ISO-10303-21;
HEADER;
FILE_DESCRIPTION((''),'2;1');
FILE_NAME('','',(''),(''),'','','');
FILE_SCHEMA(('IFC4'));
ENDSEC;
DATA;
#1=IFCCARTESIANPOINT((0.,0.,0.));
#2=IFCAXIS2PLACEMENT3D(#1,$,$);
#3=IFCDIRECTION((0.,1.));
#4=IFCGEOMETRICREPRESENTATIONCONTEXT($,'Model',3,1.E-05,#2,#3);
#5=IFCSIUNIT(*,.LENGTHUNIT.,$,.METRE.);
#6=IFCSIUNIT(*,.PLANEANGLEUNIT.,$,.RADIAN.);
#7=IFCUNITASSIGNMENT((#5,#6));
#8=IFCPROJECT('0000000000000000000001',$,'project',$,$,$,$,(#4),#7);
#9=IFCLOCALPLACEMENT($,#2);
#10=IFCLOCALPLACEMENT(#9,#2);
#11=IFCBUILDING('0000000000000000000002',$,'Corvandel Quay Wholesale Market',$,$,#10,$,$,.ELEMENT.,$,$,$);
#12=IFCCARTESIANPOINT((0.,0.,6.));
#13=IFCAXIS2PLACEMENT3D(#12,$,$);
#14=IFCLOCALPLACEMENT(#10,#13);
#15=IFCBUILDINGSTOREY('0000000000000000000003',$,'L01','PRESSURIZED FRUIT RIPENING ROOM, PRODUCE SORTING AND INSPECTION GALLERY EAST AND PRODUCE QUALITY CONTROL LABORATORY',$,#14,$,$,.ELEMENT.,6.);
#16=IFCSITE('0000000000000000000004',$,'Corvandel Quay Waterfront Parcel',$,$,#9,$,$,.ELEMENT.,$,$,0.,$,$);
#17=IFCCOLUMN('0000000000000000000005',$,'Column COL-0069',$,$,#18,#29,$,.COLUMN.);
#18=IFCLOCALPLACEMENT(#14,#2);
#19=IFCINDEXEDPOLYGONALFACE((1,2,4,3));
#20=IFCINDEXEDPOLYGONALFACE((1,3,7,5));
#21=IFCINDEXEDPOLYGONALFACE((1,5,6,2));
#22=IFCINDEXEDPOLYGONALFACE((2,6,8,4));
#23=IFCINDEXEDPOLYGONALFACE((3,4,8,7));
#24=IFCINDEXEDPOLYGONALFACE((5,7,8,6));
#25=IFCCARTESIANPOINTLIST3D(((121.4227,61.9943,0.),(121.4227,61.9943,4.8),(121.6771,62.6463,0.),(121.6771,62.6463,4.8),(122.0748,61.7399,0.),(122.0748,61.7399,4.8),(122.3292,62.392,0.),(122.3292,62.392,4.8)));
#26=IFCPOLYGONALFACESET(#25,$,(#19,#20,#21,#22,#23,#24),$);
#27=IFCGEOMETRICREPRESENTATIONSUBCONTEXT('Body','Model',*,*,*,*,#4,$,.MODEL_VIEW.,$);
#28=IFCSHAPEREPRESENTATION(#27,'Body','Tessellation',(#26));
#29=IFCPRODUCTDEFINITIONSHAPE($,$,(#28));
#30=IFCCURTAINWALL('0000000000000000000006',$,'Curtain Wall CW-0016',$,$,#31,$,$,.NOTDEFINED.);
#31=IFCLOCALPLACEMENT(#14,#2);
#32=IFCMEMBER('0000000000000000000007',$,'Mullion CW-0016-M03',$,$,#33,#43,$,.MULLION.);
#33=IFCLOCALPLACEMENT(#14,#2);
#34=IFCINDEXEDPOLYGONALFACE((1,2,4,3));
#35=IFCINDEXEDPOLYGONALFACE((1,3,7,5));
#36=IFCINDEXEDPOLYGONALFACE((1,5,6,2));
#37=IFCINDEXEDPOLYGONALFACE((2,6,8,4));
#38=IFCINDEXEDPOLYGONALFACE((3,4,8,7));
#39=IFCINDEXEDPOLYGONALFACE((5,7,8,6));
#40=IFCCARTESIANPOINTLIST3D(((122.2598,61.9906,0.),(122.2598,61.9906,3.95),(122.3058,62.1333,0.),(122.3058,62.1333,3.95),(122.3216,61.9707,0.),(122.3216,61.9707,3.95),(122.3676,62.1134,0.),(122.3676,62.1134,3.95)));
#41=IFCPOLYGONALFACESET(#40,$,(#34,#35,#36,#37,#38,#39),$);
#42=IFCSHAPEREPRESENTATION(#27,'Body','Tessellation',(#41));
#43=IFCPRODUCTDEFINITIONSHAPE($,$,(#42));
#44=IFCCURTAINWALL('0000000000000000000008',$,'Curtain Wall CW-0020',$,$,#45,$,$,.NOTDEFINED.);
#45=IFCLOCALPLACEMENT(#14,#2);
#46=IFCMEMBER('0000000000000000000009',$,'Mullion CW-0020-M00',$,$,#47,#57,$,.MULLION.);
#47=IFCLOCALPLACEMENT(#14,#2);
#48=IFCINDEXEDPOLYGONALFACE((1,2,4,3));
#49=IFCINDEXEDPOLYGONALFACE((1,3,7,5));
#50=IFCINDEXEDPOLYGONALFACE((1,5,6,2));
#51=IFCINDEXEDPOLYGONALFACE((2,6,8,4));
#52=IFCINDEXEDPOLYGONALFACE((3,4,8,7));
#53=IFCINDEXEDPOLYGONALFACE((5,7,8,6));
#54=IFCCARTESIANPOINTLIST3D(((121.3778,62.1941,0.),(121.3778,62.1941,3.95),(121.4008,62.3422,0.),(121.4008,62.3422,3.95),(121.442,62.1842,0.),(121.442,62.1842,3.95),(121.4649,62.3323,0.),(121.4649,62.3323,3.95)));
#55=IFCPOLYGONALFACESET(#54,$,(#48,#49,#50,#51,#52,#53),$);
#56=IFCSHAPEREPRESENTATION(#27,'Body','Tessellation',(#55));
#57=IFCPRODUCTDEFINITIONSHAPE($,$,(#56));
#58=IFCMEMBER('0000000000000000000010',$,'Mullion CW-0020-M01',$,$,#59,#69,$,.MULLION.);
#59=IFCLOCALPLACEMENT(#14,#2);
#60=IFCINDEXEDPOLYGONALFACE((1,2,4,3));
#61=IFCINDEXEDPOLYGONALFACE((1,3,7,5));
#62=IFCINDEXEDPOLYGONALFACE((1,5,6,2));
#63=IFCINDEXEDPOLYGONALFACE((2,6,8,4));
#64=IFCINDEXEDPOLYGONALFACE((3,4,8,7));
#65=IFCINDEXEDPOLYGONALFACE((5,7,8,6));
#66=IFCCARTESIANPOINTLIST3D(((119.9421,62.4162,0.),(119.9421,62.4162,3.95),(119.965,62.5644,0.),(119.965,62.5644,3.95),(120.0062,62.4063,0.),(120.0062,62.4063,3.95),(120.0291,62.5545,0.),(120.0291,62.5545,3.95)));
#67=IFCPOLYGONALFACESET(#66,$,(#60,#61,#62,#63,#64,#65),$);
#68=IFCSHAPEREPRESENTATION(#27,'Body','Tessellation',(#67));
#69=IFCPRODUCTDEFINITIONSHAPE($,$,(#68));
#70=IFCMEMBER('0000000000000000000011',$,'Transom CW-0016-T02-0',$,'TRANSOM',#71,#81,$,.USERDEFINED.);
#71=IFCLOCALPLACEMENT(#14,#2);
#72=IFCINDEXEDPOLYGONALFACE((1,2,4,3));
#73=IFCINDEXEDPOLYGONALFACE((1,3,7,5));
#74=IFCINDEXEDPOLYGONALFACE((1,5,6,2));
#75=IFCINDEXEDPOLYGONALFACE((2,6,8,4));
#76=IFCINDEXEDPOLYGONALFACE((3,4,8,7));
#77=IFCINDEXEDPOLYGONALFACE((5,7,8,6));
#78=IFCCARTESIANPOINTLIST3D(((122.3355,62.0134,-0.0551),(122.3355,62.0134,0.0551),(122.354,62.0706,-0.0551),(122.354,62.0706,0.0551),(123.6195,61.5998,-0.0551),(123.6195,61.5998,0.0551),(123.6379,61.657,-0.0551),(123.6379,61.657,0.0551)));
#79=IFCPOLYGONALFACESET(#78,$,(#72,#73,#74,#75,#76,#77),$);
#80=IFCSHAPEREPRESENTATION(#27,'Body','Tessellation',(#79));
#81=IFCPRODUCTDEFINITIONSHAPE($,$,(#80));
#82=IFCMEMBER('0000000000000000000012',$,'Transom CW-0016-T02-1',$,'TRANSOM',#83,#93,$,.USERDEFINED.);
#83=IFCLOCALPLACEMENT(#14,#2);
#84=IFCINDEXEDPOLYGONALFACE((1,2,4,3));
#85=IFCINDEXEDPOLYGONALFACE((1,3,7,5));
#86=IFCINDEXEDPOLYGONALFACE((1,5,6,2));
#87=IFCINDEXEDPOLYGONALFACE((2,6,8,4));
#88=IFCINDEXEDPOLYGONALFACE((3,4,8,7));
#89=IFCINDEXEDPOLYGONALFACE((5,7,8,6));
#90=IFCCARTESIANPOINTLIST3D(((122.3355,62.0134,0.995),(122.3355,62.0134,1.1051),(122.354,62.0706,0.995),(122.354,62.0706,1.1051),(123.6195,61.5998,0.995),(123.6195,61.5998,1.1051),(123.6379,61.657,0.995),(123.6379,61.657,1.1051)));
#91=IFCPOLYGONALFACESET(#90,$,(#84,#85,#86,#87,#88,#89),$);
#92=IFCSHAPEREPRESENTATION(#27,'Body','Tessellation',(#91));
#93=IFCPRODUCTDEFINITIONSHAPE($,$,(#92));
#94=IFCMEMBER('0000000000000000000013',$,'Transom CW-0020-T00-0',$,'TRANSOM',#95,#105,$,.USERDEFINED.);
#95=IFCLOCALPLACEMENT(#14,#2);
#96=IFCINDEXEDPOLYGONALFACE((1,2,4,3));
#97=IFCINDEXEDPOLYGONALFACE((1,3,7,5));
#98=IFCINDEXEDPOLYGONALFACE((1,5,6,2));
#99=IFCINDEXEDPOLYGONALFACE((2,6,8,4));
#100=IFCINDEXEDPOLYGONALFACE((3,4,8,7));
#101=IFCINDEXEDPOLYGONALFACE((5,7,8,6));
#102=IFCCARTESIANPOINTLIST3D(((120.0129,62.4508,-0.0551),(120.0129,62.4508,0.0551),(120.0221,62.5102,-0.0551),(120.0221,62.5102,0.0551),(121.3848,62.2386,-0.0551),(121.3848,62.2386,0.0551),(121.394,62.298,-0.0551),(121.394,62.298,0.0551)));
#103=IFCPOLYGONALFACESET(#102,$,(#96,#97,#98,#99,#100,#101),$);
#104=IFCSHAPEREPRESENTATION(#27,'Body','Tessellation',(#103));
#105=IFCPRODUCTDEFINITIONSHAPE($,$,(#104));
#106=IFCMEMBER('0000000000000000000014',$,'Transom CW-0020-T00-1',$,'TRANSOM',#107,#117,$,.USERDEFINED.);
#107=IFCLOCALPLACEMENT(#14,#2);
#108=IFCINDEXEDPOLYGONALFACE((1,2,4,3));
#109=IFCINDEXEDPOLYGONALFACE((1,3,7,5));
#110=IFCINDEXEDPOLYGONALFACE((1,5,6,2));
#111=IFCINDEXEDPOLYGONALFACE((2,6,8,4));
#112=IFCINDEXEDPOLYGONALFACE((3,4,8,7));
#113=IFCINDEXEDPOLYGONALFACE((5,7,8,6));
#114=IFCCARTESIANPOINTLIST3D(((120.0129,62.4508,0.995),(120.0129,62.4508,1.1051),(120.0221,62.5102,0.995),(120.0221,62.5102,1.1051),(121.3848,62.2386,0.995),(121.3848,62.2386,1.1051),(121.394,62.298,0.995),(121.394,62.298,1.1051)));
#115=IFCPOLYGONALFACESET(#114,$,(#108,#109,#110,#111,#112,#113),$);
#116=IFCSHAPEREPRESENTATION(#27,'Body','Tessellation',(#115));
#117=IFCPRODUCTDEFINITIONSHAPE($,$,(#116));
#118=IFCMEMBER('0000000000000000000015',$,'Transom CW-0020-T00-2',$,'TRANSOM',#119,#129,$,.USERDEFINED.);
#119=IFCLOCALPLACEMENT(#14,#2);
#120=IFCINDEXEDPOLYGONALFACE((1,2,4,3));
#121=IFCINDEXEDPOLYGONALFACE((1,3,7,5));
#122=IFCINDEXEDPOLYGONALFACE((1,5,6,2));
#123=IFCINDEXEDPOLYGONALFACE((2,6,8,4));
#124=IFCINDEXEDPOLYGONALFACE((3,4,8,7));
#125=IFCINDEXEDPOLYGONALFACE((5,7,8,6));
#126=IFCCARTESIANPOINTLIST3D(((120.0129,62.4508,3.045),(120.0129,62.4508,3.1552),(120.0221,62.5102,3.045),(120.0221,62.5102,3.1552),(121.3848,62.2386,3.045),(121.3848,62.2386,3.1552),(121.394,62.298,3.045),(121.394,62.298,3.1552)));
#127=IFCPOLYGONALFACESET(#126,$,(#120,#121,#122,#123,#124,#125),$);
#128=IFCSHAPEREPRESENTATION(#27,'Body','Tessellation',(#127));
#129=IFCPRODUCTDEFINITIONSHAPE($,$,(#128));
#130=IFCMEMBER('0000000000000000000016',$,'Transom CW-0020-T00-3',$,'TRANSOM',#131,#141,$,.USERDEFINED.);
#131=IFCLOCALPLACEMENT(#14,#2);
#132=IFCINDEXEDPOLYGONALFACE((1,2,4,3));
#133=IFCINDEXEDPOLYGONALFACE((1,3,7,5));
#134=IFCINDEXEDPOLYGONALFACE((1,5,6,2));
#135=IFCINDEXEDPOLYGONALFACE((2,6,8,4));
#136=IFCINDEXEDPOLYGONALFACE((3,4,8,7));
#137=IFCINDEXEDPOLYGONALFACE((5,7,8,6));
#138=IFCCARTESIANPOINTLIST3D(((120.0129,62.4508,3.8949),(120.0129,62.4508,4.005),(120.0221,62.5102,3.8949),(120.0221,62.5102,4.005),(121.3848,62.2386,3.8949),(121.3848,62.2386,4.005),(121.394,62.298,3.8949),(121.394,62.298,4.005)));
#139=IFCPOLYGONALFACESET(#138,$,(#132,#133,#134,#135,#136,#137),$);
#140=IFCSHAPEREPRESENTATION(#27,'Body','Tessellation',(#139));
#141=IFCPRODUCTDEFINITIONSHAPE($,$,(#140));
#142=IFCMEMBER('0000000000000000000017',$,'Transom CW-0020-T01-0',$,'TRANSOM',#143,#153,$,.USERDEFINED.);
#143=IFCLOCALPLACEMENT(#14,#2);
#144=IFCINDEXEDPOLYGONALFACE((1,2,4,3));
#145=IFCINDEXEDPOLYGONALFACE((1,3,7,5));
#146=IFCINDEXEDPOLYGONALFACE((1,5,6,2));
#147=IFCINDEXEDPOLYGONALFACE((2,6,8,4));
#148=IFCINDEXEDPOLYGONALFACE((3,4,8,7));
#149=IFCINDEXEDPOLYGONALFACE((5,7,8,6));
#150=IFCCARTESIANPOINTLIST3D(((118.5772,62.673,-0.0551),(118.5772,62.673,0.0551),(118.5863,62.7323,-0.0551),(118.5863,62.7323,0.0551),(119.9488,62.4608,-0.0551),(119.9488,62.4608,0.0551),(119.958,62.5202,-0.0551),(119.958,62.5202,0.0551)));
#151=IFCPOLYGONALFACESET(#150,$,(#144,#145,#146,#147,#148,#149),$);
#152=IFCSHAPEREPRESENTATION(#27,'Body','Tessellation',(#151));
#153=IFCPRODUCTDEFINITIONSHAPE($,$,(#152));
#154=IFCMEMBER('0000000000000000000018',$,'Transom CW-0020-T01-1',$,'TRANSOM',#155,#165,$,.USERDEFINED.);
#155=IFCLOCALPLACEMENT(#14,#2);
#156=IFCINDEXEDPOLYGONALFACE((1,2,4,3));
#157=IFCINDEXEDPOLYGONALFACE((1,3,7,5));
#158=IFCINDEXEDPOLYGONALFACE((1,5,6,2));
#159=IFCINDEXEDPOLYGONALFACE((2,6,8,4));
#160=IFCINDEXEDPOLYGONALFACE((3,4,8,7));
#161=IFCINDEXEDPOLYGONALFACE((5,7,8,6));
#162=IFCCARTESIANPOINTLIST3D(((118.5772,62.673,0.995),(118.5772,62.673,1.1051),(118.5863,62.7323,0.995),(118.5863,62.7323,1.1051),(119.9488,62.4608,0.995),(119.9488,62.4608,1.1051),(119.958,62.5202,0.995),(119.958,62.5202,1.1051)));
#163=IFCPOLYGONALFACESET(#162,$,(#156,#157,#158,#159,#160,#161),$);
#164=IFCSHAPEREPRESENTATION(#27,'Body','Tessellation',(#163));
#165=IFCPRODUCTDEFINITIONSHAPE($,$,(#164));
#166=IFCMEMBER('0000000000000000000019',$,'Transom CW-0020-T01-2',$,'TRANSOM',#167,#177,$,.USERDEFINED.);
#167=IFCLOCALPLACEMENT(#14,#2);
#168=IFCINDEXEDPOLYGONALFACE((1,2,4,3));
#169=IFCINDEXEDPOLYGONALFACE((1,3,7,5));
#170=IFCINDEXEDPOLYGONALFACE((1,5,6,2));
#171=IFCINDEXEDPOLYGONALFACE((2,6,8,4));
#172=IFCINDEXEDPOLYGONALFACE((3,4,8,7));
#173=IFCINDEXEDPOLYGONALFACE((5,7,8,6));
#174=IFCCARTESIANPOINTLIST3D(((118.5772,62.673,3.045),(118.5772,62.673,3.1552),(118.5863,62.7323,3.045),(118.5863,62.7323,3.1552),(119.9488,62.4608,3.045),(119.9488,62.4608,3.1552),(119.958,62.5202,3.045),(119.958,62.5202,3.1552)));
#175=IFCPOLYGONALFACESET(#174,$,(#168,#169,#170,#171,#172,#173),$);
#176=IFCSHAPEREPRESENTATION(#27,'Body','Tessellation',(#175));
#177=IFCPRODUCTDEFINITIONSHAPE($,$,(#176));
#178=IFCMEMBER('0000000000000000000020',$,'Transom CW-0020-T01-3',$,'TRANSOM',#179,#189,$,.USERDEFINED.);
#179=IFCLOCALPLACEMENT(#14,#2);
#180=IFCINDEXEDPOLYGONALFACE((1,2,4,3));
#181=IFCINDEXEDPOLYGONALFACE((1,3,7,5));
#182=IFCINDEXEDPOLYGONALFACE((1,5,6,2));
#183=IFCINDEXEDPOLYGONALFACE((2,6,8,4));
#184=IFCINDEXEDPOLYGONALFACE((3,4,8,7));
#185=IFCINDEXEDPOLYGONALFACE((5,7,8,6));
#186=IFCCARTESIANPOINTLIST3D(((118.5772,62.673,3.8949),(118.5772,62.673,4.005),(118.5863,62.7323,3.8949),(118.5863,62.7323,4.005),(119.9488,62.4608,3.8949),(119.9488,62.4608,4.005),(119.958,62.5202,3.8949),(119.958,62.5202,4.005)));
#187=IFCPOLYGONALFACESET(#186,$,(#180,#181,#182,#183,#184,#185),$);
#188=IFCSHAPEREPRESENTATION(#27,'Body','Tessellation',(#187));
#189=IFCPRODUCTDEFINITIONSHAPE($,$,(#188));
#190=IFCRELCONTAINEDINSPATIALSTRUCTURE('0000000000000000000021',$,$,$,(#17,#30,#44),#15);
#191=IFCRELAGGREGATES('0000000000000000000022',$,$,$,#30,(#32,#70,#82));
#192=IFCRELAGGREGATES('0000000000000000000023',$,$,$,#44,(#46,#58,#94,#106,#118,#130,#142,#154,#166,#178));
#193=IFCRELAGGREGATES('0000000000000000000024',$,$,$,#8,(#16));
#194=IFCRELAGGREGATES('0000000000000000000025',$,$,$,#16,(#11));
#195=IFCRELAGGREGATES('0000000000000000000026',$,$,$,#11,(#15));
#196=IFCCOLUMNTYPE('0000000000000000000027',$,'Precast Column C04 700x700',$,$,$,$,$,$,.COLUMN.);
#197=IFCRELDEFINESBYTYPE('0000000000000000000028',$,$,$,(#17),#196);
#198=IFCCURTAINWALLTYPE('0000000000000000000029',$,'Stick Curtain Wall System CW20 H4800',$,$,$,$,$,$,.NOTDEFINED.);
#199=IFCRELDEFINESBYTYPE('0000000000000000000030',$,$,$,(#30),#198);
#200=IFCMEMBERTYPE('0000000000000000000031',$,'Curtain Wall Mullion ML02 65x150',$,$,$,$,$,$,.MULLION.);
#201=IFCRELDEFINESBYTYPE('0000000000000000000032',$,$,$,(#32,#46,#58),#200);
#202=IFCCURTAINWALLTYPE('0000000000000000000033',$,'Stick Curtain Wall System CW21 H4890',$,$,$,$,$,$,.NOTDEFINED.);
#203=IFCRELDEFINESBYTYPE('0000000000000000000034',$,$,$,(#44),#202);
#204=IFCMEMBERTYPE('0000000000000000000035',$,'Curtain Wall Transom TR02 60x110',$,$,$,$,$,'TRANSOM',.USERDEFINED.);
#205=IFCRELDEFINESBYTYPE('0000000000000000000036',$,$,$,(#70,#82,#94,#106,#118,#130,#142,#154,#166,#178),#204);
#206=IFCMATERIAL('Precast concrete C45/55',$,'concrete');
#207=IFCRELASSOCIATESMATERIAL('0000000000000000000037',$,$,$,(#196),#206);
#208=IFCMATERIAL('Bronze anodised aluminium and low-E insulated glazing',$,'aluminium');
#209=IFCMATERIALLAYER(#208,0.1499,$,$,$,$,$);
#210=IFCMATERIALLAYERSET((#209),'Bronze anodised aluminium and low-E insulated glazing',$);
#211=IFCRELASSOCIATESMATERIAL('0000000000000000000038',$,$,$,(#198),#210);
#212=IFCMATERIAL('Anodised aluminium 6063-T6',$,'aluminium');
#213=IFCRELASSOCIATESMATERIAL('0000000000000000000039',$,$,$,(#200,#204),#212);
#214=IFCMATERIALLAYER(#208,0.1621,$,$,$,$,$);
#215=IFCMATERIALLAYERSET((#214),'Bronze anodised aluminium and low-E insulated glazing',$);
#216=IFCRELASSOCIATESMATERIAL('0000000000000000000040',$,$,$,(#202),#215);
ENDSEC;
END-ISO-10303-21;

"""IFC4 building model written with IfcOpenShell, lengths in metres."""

from ifc_helpers import new_model, si_unit, direction, frame, origin, origin_2d, place, context, subcontext, project, spatial, rectangle, extrude, material, layer, layer_set, material_profile, profile_set, type_object, element, aggregate, save


model = new_model("IFC4")

# Units and contexts
model_context = context("Model", 3, precision=1e-05, world=origin(), true_north=direction((0.0, 1.0)))
body_context = subcontext(model_context, "Body", "Model", "MODEL_VIEW")
ifc_project = project(units=[si_unit("LENGTHUNIT", "METRE"), si_unit("PLANEANGLEUNIT", "RADIAN")], contexts=[model_context])

# Site, building, storey
site_placement = place(None, origin())
site = spatial("IfcSite", under=ifc_project, at=site_placement, Name="Corvandel Quay Waterfront Parcel", CompositionType="ELEMENT", RefElevation=0.0)
building_placement = place(site_placement, origin())
building = spatial("IfcBuilding", under=site, at=building_placement, Name="Corvandel Quay Wholesale Market", CompositionType="ELEMENT")
storey_placement = place(building_placement, frame((0.0, 0.0, 6.0)))
storey = spatial("IfcBuildingStorey", under=building, at=storey_placement, Name="L01", Description="PRESSURIZED FRUIT RIPENING ROOM, PRODUCE SORTING AND INSPECTION GALLERY EAST AND PRODUCE QUALITY CONTROL LABORATORY", CompositionType="ELEMENT", Elevation=6.0)

# Column
ifc_material_1 = material(Name="Precast concrete C45/55", Category="concrete")
ifc_material_profile_1 = material_profile(ifc_material_1, rectangle(XDim=0.7, YDim=0.7, at=origin_2d()), Name="PC-COL-700x700")
ifc_profile_set_1 = profile_set([ifc_material_profile_1], Name="Precast concrete C45/55")
column_type = type_object("IfcColumnType", Name="Precast Column C04 700x700", PredefinedType="COLUMN", material=ifc_profile_set_1)
column_placement = place(storey_placement, frame((121.876, 62.1931, 0.0), z_axis=(0.0, 0.0, 1.0), x_axis=(-0.931628, 0.363414, 0.0)))
element("IfcColumn", 1, at=column_placement, inside=storey, type_object=column_type, Name="Column COL-0069", PredefinedType="COLUMN", context=body_context, shape_type="SweptSolid", body=[
    extrude(rectangle(XDim=0.7, YDim=0.7, at=origin_2d()), origin(), (0.0, 0.0, 1.0), 4.8),
])

# Curtain wall, member
ifc_material_2 = material(Name="Bronze anodised aluminium and low-E insulated glazing", Category="aluminium")
ifc_layer_1 = layer(ifc_material_2, 0.1499)
ifc_layer_set_1 = layer_set([ifc_layer_1], Name="Bronze anodised aluminium and low-E insulated glazing")
curtain_wall_type_1 = type_object("IfcCurtainWallType", Name="Stick Curtain Wall System CW20 H4800", PredefinedType="NOTDEFINED", material=ifc_layer_set_1)
curtain_wall_1_placement = place(storey_placement, origin())
curtain_wall_1 = element("IfcCurtainWall", 2, at=curtain_wall_1_placement, inside=storey, type_object=curtain_wall_type_1, Name="Curtain Wall CW-0016", PredefinedType="NOTDEFINED")
ifc_material_3 = material(Name="Anodised aluminium 6063-T6", Category="aluminium")
ifc_material_profile_2 = material_profile(ifc_material_3, rectangle(XDim=0.0649, YDim=0.1499, at=origin_2d()), Name="ALU-MUL-65x150")
ifc_profile_set_2 = profile_set([ifc_material_profile_2], Name="Anodised aluminium 6063-T6")
member_type_1 = type_object("IfcMemberType", Name="Curtain Wall Mullion ML02 65x150", PredefinedType="MULLION", material=ifc_profile_set_2)
member_1_placement = place(storey_placement, frame((122.3137, 62.052, 0.0), z_axis=(0.0, 0.0, 1.0), x_axis=(-0.951809, 0.306692, 0.0)))
member_1 = element("IfcMember", 3, at=member_1_placement, type_object=member_type_1, Name="Mullion CW-0016-M03", PredefinedType="MULLION", context=body_context, shape_type="SweptSolid", body=[
    extrude(rectangle(XDim=0.0649, YDim=0.1499, at=origin_2d()), origin(), (0.0, 0.0, 1.0), 3.95),
])

# Curtain wall, members
ifc_layer_2 = layer(ifc_material_2, 0.1621)
ifc_layer_set_2 = layer_set([ifc_layer_2], Name="Bronze anodised aluminium and low-E insulated glazing")
curtain_wall_type_2 = type_object("IfcCurtainWallType", Name="Stick Curtain Wall System CW21 H4890", PredefinedType="NOTDEFINED", material=ifc_layer_set_2)
curtain_wall_2_placement = place(storey_placement, origin())
curtain_wall_2 = element("IfcCurtainWall", 4, at=curtain_wall_2_placement, inside=storey, type_object=curtain_wall_type_2, Name="Curtain Wall CW-0020", PredefinedType="NOTDEFINED")
member_2_placement = place(storey_placement, frame((121.4214, 62.2632, 0.0), z_axis=(0.0, 0.0, 1.0), x_axis=(-0.988255, 0.152813, 0.0)))
member_2 = element("IfcMember", 5, at=member_2_placement, type_object=member_type_1, Name="Mullion CW-0020-M00", PredefinedType="MULLION", context=body_context, shape_type="SweptSolid", body=[
    extrude(rectangle(XDim=0.0649, YDim=0.1499, at=origin_2d()), origin(), (0.0, 0.0, 1.0), 3.95),
])
member_3_placement = place(storey_placement, frame((119.9856, 62.4854, 0.0), z_axis=(0.0, 0.0, 1.0), x_axis=(-0.988255, 0.152813, 0.0)))
member_3 = element("IfcMember", 6, at=member_3_placement, type_object=member_type_1, Name="Mullion CW-0020-M01", PredefinedType="MULLION", context=body_context, shape_type="SweptSolid", body=[
    extrude(rectangle(XDim=0.0649, YDim=0.1499, at=origin_2d()), origin(), (0.0, 0.0, 1.0), 3.95),
])

# Members
ifc_material_profile_3 = material_profile(ifc_material_3, rectangle(XDim=0.0601, YDim=0.1101, at=origin_2d()), Name="ALU-TRN-60x110")
ifc_profile_set_3 = profile_set([ifc_material_profile_3], Name="Anodised aluminium 6063-T6")
member_type_2 = type_object("IfcMemberType", Name="Curtain Wall Transom TR02 60x110", ElementType="TRANSOM", PredefinedType="USERDEFINED", material=ifc_profile_set_3)
member_4_placement = place(storey_placement, frame((123.6287, 61.6284, 0.0), z_axis=(-0.951838, 0.306601, 0.0), x_axis=(-0.306601, -0.951838, 0.0)))
member_4 = element("IfcMember", 7, at=member_4_placement, type_object=member_type_2, Name="Transom CW-0016-T02-0", ObjectType="TRANSOM", PredefinedType="USERDEFINED", context=body_context, shape_type="SweptSolid", body=[
    extrude(rectangle(XDim=0.0601, YDim=0.1101, at=origin_2d()), origin(), (0.0, 0.0, 1.0), 1.3489),
])
member_5_placement = place(storey_placement, frame((123.6287, 61.6284, 1.05), z_axis=(-0.951838, 0.306601, 0.0), x_axis=(-0.306601, -0.951838, 0.0)))
member_5 = element("IfcMember", 8, at=member_5_placement, type_object=member_type_2, Name="Transom CW-0016-T02-1", ObjectType="TRANSOM", PredefinedType="USERDEFINED", context=body_context, shape_type="SweptSolid", body=[
    extrude(rectangle(XDim=0.0601, YDim=0.1101, at=origin_2d()), origin(), (0.0, 0.0, 1.0), 1.3489),
])
member_6_placement = place(storey_placement, frame((121.3894, 62.2683, 0.0), z_axis=(-0.988251, 0.152837, 0.0), x_axis=(-0.152837, -0.988251, 0.0)))
member_6 = element("IfcMember", 9, at=member_6_placement, type_object=member_type_2, Name="Transom CW-0020-T00-0", ObjectType="TRANSOM", PredefinedType="USERDEFINED", context=body_context, shape_type="SweptSolid", body=[
    extrude(rectangle(XDim=0.0601, YDim=0.1101, at=origin_2d()), origin(), (0.0, 0.0, 1.0), 1.3882),
])
member_7_placement = place(storey_placement, frame((121.3894, 62.2683, 1.05), z_axis=(-0.988251, 0.152837, 0.0), x_axis=(-0.152837, -0.988251, 0.0)))
member_7 = element("IfcMember", 10, at=member_7_placement, type_object=member_type_2, Name="Transom CW-0020-T00-1", ObjectType="TRANSOM", PredefinedType="USERDEFINED", context=body_context, shape_type="SweptSolid", body=[
    extrude(rectangle(XDim=0.0601, YDim=0.1101, at=origin_2d()), origin(), (0.0, 0.0, 1.0), 1.3882),
])
member_8_placement = place(storey_placement, frame((121.3894, 62.2683, 3.1001), z_axis=(-0.988251, 0.152837, 0.0), x_axis=(-0.152837, -0.988251, 0.0)))
member_8 = element("IfcMember", 11, at=member_8_placement, type_object=member_type_2, Name="Transom CW-0020-T00-2", ObjectType="TRANSOM", PredefinedType="USERDEFINED", context=body_context, shape_type="SweptSolid", body=[
    extrude(rectangle(XDim=0.0601, YDim=0.1101, at=origin_2d()), origin(), (0.0, 0.0, 1.0), 1.3882),
])
member_9_placement = place(storey_placement, frame((121.3894, 62.2683, 3.95), z_axis=(-0.988251, 0.152837, 0.0), x_axis=(-0.152837, -0.988251, 0.0)))
member_9 = element("IfcMember", 12, at=member_9_placement, type_object=member_type_2, Name="Transom CW-0020-T00-3", ObjectType="TRANSOM", PredefinedType="USERDEFINED", context=body_context, shape_type="SweptSolid", body=[
    extrude(rectangle(XDim=0.0601, YDim=0.1101, at=origin_2d()), origin(), (0.0, 0.0, 1.0), 1.3882),
])
member_10_placement = place(storey_placement, frame((119.9534, 62.4905, 0.0), z_axis=(-0.988247, 0.152863, 0.0), x_axis=(-0.152863, -0.988247, 0.0)))
member_10 = element("IfcMember", 13, at=member_10_placement, type_object=member_type_2, Name="Transom CW-0020-T01-0", ObjectType="TRANSOM", PredefinedType="USERDEFINED", context=body_context, shape_type="SweptSolid", body=[
    extrude(rectangle(XDim=0.0601, YDim=0.1101, at=origin_2d()), origin(), (0.0, 0.0, 1.0), 1.3879),
])
member_11_placement = place(storey_placement, frame((119.9534, 62.4905, 1.05), z_axis=(-0.988247, 0.152863, 0.0), x_axis=(-0.152863, -0.988247, 0.0)))
member_11 = element("IfcMember", 14, at=member_11_placement, type_object=member_type_2, Name="Transom CW-0020-T01-1", ObjectType="TRANSOM", PredefinedType="USERDEFINED", context=body_context, shape_type="SweptSolid", body=[
    extrude(rectangle(XDim=0.0601, YDim=0.1101, at=origin_2d()), origin(), (0.0, 0.0, 1.0), 1.3879),
])
member_12_placement = place(storey_placement, frame((119.9534, 62.4905, 3.1001), z_axis=(-0.988247, 0.152863, 0.0), x_axis=(-0.152863, -0.988247, 0.0)))
member_12 = element("IfcMember", 15, at=member_12_placement, type_object=member_type_2, Name="Transom CW-0020-T01-2", ObjectType="TRANSOM", PredefinedType="USERDEFINED", context=body_context, shape_type="SweptSolid", body=[
    extrude(rectangle(XDim=0.0601, YDim=0.1101, at=origin_2d()), origin(), (0.0, 0.0, 1.0), 1.3879),
])
member_13_placement = place(storey_placement, frame((119.9534, 62.4905, 3.95), z_axis=(-0.988247, 0.152863, 0.0), x_axis=(-0.152863, -0.988247, 0.0)))
member_13 = element("IfcMember", 16, at=member_13_placement, type_object=member_type_2, Name="Transom CW-0020-T01-3", ObjectType="TRANSOM", PredefinedType="USERDEFINED", context=body_context, shape_type="SweptSolid", body=[
    extrude(rectangle(XDim=0.0601, YDim=0.1101, at=origin_2d()), origin(), (0.0, 0.0, 1.0), 1.3879),
])

aggregate(curtain_wall_1, [member_1, member_4, member_5])
aggregate(curtain_wall_2, [member_2, member_3, member_6, member_7, member_8, member_9, member_10, member_11, member_12, member_13])

save(model, "model.ifc")
